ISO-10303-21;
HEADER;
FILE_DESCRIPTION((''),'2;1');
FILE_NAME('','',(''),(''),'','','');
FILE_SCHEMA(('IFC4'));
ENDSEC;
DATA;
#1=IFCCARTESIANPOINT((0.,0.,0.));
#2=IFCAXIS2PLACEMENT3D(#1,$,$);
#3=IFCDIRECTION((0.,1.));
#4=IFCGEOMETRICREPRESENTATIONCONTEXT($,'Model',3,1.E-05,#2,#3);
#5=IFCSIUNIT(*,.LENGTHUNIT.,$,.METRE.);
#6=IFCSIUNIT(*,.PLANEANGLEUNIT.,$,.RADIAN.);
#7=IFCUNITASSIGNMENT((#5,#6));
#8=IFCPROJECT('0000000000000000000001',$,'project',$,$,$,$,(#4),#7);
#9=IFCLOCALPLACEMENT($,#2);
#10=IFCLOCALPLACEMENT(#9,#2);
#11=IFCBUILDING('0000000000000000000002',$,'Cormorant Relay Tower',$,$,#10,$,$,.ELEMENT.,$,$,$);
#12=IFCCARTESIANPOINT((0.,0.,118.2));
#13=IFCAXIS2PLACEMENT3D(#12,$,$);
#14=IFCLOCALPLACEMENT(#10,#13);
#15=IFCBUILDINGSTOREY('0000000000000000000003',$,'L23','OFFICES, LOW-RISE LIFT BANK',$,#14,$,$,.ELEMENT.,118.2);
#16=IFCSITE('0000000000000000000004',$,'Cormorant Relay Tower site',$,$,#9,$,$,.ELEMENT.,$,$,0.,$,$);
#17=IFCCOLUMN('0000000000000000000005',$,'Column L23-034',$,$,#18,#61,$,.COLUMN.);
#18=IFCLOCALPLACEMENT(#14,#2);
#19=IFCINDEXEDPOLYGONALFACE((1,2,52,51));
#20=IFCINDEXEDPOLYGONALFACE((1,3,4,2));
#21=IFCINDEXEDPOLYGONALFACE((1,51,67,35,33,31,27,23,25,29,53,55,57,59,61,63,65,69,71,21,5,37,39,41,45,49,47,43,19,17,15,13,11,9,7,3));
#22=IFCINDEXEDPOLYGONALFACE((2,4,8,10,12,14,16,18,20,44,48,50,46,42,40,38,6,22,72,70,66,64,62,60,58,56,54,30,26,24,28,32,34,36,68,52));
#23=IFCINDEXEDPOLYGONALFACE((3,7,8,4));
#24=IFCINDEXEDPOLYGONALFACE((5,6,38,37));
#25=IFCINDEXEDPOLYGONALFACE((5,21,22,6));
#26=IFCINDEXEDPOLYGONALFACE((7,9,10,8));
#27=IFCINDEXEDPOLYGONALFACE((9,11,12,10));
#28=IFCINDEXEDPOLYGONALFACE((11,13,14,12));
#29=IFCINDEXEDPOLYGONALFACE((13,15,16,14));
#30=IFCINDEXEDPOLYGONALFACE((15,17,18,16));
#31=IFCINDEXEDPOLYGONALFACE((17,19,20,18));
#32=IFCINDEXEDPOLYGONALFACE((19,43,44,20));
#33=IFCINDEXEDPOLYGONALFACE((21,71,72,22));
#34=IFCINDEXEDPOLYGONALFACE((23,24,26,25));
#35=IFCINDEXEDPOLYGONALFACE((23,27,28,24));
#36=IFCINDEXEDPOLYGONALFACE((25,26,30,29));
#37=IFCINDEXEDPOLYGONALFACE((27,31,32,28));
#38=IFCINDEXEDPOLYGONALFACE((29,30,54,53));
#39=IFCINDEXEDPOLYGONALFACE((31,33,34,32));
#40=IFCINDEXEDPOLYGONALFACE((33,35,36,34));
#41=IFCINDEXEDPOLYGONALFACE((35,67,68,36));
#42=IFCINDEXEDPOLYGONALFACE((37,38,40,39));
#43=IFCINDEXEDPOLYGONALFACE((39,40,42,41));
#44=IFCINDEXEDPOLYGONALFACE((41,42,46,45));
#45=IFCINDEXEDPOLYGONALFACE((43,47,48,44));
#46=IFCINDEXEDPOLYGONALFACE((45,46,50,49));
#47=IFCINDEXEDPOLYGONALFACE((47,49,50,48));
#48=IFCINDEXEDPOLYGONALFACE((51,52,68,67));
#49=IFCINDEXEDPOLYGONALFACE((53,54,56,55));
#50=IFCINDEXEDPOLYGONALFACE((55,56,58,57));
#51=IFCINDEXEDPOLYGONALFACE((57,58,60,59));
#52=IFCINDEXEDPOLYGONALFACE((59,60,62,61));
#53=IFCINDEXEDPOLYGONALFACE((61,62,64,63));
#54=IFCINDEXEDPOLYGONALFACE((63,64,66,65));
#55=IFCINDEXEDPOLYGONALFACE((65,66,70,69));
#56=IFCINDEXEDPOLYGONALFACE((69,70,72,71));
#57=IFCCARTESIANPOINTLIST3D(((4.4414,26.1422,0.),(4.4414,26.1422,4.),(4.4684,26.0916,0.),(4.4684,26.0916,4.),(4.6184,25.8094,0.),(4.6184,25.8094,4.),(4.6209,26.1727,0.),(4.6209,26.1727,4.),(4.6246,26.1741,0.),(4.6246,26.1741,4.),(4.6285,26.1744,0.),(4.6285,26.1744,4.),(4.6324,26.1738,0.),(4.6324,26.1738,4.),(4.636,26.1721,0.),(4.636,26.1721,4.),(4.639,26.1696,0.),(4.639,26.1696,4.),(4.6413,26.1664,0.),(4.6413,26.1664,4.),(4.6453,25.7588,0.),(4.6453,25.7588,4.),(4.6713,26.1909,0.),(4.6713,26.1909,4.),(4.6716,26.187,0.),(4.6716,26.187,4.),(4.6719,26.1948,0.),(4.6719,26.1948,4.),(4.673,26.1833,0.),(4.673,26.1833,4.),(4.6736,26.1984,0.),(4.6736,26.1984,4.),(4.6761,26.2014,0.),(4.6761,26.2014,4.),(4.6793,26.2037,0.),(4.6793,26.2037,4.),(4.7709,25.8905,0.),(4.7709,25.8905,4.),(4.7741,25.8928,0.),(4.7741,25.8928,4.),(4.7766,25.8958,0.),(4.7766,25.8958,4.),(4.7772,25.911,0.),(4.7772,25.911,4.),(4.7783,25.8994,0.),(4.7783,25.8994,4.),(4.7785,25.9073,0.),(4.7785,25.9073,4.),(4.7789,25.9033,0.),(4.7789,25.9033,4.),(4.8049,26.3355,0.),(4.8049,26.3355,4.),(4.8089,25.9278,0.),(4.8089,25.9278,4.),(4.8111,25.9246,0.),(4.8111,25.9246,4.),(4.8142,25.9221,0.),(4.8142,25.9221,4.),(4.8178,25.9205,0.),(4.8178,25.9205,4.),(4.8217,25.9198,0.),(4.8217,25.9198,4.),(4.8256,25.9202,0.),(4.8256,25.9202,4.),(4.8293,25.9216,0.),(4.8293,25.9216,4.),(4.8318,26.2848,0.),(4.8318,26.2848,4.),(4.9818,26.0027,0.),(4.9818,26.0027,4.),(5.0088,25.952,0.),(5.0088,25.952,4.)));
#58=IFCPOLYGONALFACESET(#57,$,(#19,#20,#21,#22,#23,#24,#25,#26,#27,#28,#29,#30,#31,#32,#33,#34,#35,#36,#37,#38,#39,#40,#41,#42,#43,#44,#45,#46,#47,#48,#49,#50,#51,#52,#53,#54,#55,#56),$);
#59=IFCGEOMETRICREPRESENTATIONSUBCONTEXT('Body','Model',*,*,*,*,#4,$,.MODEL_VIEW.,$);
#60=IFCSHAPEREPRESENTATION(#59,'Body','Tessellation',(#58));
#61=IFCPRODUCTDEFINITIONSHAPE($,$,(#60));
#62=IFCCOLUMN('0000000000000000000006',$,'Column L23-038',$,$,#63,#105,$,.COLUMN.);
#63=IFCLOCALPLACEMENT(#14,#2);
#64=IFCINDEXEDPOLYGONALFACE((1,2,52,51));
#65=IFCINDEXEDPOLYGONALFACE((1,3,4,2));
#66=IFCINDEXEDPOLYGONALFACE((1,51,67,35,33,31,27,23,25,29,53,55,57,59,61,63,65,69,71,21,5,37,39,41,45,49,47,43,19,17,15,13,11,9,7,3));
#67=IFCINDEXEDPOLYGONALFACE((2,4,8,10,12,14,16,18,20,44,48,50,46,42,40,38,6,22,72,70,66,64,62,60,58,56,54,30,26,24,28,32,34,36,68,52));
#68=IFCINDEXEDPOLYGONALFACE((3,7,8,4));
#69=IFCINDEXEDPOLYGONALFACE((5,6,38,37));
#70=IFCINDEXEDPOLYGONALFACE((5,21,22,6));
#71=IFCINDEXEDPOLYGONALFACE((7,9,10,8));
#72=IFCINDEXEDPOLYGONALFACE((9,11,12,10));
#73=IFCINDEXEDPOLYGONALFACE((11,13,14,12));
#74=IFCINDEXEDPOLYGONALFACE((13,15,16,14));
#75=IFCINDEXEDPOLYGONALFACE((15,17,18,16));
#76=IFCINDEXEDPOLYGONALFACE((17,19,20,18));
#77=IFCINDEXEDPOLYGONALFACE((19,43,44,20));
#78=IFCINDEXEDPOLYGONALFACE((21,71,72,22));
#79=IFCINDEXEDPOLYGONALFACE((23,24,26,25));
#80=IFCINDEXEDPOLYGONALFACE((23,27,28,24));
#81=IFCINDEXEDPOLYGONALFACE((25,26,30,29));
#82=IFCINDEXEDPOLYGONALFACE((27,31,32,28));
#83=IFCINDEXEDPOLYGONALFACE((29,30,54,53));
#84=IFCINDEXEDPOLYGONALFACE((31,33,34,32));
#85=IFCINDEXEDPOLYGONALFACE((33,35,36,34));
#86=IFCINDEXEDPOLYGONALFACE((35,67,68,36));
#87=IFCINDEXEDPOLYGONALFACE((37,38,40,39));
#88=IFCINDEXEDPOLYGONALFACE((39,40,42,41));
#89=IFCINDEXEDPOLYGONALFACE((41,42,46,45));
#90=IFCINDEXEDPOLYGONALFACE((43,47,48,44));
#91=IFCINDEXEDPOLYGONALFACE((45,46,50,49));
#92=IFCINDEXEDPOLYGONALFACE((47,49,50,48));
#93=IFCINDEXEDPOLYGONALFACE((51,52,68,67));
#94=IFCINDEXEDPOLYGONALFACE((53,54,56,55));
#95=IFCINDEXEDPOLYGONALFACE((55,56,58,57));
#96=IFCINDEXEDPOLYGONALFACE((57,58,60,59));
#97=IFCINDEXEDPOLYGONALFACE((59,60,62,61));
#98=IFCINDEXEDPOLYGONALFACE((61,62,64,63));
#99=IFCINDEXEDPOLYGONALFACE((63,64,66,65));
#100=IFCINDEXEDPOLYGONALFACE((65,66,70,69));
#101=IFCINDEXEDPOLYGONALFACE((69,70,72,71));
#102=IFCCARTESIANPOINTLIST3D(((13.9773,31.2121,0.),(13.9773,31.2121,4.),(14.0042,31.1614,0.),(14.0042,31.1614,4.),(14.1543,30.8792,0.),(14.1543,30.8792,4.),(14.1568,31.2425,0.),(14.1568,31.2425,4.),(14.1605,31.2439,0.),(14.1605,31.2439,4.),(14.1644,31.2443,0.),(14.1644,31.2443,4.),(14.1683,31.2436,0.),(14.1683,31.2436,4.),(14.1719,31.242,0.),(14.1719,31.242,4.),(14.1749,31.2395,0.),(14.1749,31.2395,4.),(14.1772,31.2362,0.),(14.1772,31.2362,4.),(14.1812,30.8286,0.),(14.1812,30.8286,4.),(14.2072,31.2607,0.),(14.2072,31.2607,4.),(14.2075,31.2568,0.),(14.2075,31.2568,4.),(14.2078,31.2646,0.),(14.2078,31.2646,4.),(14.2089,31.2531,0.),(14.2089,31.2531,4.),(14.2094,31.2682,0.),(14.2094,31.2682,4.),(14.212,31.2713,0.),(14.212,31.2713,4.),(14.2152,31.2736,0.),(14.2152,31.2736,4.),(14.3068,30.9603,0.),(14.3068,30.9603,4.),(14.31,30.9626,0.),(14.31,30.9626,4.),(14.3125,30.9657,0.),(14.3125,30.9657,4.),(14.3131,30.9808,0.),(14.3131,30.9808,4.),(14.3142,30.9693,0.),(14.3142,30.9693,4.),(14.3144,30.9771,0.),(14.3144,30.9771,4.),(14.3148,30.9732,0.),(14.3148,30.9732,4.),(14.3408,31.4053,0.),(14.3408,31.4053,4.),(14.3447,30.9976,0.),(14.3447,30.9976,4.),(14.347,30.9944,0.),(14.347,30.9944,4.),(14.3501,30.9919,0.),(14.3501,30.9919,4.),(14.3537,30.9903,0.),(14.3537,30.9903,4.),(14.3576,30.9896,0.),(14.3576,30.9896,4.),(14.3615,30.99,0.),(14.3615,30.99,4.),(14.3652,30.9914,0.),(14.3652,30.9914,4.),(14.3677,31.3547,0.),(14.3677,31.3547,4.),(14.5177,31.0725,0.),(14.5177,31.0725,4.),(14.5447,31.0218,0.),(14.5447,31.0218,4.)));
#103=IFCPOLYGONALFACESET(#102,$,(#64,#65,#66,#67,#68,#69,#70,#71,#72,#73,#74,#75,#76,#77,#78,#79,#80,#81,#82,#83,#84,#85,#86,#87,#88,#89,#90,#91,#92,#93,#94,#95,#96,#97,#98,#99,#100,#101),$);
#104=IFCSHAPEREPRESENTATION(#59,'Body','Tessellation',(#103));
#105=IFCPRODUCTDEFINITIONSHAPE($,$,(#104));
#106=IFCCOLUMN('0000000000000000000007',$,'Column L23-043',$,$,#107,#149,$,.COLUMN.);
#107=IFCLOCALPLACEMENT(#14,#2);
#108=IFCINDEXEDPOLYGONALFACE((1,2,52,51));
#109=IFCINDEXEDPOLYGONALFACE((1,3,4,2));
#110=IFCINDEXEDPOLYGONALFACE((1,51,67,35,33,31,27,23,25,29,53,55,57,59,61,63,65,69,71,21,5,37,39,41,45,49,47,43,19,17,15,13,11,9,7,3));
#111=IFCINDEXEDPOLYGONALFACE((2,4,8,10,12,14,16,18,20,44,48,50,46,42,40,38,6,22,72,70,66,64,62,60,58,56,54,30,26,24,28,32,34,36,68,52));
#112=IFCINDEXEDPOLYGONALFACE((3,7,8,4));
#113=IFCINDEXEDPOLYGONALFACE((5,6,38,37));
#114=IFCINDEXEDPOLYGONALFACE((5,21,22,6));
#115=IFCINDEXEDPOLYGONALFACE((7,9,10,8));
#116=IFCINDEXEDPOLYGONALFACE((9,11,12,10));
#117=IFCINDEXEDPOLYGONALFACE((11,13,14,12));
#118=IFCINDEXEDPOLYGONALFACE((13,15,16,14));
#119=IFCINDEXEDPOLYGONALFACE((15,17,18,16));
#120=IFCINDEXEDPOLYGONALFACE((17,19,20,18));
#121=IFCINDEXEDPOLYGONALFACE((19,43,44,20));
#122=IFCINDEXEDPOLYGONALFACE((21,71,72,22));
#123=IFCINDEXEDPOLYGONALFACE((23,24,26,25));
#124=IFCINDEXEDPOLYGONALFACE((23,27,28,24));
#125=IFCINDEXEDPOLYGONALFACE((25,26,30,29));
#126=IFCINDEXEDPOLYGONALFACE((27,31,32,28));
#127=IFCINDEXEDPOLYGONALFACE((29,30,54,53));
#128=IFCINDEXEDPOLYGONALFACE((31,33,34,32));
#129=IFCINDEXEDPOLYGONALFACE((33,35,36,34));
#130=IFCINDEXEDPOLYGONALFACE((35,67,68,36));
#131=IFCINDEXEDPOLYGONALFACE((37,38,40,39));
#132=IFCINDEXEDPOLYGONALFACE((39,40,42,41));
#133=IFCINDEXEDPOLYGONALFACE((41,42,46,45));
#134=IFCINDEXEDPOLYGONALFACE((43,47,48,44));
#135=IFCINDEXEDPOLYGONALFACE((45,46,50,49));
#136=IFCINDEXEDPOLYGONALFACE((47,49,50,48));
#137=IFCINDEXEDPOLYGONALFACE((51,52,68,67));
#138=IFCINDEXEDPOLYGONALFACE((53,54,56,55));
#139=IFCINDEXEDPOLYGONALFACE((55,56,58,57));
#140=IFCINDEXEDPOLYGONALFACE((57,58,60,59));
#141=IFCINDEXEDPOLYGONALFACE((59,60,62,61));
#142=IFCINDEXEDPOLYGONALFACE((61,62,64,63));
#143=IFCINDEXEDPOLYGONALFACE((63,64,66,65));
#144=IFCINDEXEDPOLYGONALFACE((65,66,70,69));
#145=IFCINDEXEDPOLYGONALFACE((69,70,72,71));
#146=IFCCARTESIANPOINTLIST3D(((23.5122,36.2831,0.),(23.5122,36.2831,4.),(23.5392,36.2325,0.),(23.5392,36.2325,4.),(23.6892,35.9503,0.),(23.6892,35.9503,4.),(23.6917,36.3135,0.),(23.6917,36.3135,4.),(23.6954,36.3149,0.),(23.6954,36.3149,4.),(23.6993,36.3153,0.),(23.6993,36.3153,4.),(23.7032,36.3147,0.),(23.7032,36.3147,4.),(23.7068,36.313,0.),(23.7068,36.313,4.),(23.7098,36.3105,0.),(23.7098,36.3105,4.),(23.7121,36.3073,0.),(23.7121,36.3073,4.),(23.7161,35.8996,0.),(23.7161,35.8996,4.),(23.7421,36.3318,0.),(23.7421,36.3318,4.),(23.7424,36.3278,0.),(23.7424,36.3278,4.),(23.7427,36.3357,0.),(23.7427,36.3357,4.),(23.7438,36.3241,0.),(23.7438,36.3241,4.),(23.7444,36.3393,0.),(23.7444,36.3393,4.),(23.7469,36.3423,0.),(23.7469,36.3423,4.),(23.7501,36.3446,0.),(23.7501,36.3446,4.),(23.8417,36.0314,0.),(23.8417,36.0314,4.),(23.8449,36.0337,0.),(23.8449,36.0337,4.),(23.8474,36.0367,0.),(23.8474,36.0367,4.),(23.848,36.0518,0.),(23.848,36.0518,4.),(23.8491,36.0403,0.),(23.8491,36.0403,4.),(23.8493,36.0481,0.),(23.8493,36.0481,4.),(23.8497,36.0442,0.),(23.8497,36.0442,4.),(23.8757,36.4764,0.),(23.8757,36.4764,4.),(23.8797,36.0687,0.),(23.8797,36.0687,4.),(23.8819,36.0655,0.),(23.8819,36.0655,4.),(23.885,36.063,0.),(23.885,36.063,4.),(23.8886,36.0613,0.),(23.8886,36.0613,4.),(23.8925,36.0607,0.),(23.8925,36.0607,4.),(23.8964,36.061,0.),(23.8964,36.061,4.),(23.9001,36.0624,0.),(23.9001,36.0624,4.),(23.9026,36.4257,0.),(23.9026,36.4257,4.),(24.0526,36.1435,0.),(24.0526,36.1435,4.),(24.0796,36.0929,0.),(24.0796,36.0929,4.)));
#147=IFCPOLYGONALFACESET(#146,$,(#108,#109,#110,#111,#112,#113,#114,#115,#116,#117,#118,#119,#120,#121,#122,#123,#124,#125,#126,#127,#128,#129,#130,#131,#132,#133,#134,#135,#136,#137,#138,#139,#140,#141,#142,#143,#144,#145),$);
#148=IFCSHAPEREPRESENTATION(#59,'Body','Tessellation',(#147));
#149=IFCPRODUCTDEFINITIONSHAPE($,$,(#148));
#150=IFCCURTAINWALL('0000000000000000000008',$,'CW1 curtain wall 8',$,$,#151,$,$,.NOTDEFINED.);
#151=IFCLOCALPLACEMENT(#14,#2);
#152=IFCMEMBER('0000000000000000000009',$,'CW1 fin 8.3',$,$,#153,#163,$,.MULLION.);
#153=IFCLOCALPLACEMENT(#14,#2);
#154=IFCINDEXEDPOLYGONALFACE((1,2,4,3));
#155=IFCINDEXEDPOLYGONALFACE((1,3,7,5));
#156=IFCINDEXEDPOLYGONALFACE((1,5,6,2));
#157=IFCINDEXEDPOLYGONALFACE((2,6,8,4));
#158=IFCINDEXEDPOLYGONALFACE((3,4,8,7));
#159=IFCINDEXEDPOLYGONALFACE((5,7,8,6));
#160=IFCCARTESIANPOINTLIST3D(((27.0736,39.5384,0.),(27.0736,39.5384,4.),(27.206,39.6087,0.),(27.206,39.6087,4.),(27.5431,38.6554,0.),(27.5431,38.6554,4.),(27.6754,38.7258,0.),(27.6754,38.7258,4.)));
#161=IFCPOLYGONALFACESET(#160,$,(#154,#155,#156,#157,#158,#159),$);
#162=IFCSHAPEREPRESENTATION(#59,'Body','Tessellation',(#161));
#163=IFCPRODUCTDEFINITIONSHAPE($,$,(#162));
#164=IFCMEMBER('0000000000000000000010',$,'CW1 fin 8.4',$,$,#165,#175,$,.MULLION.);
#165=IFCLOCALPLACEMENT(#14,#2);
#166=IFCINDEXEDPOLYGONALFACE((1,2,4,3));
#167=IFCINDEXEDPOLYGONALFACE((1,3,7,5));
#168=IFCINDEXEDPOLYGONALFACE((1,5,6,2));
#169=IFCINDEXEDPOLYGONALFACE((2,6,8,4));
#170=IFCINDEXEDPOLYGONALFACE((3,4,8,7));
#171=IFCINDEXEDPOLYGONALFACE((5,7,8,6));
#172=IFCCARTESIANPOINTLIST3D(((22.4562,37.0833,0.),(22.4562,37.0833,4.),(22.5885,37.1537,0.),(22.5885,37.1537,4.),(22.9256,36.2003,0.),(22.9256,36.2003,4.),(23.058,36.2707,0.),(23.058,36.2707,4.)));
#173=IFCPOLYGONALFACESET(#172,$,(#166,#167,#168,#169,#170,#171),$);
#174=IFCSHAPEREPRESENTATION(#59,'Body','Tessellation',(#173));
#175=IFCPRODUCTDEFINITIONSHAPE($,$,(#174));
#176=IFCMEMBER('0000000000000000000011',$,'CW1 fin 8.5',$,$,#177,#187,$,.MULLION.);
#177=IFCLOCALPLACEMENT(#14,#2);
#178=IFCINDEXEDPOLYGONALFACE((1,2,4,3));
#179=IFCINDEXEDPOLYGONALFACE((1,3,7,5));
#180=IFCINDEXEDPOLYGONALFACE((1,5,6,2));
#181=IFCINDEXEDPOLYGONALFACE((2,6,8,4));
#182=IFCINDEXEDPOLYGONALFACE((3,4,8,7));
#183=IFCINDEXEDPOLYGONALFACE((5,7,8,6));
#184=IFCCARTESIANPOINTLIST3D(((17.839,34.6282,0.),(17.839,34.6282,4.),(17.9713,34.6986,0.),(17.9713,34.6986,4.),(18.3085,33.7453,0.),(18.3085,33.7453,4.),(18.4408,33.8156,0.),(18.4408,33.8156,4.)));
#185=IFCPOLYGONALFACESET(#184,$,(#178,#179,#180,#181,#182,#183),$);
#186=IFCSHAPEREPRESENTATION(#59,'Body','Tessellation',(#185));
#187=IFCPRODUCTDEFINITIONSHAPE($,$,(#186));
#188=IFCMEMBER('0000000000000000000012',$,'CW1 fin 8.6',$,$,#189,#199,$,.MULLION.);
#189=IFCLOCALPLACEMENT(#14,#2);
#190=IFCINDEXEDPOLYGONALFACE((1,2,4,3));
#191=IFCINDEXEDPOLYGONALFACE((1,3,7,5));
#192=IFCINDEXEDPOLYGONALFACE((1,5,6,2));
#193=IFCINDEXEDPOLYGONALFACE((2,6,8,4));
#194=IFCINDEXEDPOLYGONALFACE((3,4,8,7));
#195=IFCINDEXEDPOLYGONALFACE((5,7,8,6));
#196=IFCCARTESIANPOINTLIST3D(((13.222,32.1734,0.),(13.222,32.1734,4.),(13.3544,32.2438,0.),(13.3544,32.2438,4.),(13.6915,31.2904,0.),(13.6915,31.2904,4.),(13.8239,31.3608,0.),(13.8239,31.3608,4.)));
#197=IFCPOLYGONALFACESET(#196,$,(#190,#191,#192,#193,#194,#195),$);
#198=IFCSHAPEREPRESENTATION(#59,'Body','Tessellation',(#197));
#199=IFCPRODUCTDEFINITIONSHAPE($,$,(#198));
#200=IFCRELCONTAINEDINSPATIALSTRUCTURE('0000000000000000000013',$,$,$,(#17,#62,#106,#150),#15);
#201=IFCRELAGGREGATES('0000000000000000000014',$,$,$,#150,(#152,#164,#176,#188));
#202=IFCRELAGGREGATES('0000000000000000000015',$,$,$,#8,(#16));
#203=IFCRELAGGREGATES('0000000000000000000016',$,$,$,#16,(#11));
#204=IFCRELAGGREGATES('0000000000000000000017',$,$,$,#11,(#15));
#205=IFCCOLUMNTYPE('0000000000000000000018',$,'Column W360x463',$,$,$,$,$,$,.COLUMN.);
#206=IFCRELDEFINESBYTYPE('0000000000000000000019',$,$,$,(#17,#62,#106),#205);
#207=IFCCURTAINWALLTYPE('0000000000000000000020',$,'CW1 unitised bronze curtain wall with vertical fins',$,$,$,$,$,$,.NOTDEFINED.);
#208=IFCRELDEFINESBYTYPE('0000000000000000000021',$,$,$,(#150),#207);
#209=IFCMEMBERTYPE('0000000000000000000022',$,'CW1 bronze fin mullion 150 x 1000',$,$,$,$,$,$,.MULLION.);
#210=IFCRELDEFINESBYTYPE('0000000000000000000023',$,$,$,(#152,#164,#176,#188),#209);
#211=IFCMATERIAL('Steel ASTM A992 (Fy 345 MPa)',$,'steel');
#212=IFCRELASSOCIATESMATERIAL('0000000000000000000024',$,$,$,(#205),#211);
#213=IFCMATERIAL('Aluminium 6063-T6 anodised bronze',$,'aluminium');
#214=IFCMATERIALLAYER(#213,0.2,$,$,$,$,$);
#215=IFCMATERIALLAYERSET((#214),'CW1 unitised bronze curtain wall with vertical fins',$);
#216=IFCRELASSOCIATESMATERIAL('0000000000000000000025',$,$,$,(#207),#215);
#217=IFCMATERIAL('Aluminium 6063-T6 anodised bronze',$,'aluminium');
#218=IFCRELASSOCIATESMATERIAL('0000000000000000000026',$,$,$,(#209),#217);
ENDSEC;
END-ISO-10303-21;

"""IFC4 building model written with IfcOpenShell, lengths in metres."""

from ifc_helpers import new_model, si_unit, direction, frame, origin, origin_2d, place, context, subcontext, project, spatial, rectangle, i_section, extrude, material, layer, layer_set, material_profile, profile_set, type_object, element, aggregate, save


model = new_model("IFC4")

# Units and contexts
model_context = context("Model", 3, precision=1e-05, world=origin(), true_north=direction((0.0, 1.0)))
body_context = subcontext(model_context, "Body", "Model", "MODEL_VIEW")
ifc_project = project(units=[si_unit("LENGTHUNIT", "METRE"), si_unit("PLANEANGLEUNIT", "RADIAN")], contexts=[model_context])

# Site, building, storey
site_placement = place(None, origin())
site = spatial("IfcSite", under=ifc_project, at=site_placement, Name="Cormorant Relay Tower site", CompositionType="ELEMENT", RefElevation=0.0)
building_placement = place(site_placement, origin())
building = spatial("IfcBuilding", under=site, at=building_placement, Name="Cormorant Relay Tower", CompositionType="ELEMENT")
storey_placement = place(building_placement, frame((0.0, 0.0, 118.2)))
storey = spatial("IfcBuildingStorey", under=building, at=storey_placement, Name="L23", Description="OFFICES, LOW-RISE LIFT BANK", CompositionType="ELEMENT", Elevation=118.2)

# Columns
ifc_material_1 = material(Name="Steel ASTM A992 (Fy 345 MPa)", Category="steel")
ifc_material_profile_1 = material_profile(ifc_material_1, i_section(OverallWidth=0.4116, OverallDepth=0.4343, WebThickness=0.0359, FlangeThickness=0.0574, FilletRadius=0.0151, at=origin_2d()), Name="W360x463")
ifc_profile_set_1 = profile_set([ifc_material_profile_1], Name="Steel ASTM A992 (Fy 345 MPa)")
column_type = type_object("IfcColumnType", Name="Column W360x463", PredefinedType="COLUMN", material=ifc_profile_set_1)
for number, where, z_axis, x_axis, name in (
    (1, (4.7251, 26.0471, 0.0), (0.0, 0.0, 1.0), (-0.882948, -0.469472, 0.0), "Column L23-034"),
    (2, (14.261, 31.1169, 0.0), (0.0, 0.0, 1.0), (-0.882948, -0.469472, 0.0), "Column L23-038"),
    (3, (23.7959, 36.188, 0.0), (0.0, 0.0, 1.0), (-0.882948, -0.469472, 0.0), "Column L23-043"),
):
    element("IfcColumn", number, at=place(storey_placement, frame(where, z_axis=z_axis, x_axis=x_axis)), inside=storey, type_object=column_type, Name=name, PredefinedType="COLUMN", context=body_context, shape_type="SweptSolid", body=[
        extrude(i_section(OverallWidth=0.4116, OverallDepth=0.4343, WebThickness=0.0359, FlangeThickness=0.0574, FilletRadius=0.0151, at=origin_2d()), origin(), (0.0, 0.0, 1.0), 4.0),
    ])

# Curtain wall, members
ifc_material_2 = material(Name="Aluminium 6063-T6 anodised bronze", Category="aluminium")
ifc_layer_1 = layer(ifc_material_2, 0.2)
ifc_layer_set_1 = layer_set([ifc_layer_1], Name="CW1 unitised bronze curtain wall with vertical fins")
curtain_wall_type = type_object("IfcCurtainWallType", Name="CW1 unitised bronze curtain wall with vertical fins", PredefinedType="NOTDEFINED", material=ifc_layer_set_1)
curtain_wall_placement = place(storey_placement, origin())
curtain_wall = element("IfcCurtainWall", 4, at=curtain_wall_placement, inside=storey, type_object=curtain_wall_type, Name="CW1 curtain wall 8", PredefinedType="NOTDEFINED")
ifc_material_3 = material(Name="Aluminium 6063-T6 anodised bronze", Category="aluminium")
ifc_material_profile_2 = material_profile(ifc_material_3, rectangle(XDim=0.1499, YDim=1.0, at=origin_2d()), Name="AL 150x1000")
ifc_profile_set_2 = profile_set([ifc_material_profile_2], Name="Aluminium 6063-T6 anodised bronze")
member_type = type_object("IfcMemberType", Name="CW1 bronze fin mullion 150 x 1000", PredefinedType="MULLION", material=ifc_profile_set_2)
member_1_placement = place(storey_placement, frame((27.3745, 39.1321, 0.0), z_axis=(0.0, 0.0, 1.0), x_axis=(-0.882948, -0.469472, 0.0)))
member_1 = element("IfcMember", 5, at=member_1_placement, type_object=member_type, Name="CW1 fin 8.3", PredefinedType="MULLION", context=body_context, shape_type="SweptSolid", body=[
    extrude(rectangle(XDim=0.1499, YDim=1.0, at=origin_2d()), origin(), (0.0, 0.0, 1.0), 4.0),
])
member_2_placement = place(storey_placement, frame((22.7571, 36.677, 0.0), z_axis=(0.0, 0.0, 1.0), x_axis=(-0.882948, -0.469472, 0.0)))
member_2 = element("IfcMember", 6, at=member_2_placement, type_object=member_type, Name="CW1 fin 8.4", PredefinedType="MULLION", context=body_context, shape_type="SweptSolid", body=[
    extrude(rectangle(XDim=0.1499, YDim=1.0, at=origin_2d()), origin(), (0.0, 0.0, 1.0), 4.0),
])
member_3_placement = place(storey_placement, frame((18.1399, 34.2219, 0.0), z_axis=(0.0, 0.0, 1.0), x_axis=(-0.882948, -0.469472, 0.0)))
member_3 = element("IfcMember", 7, at=member_3_placement, type_object=member_type, Name="CW1 fin 8.5", PredefinedType="MULLION", context=body_context, shape_type="SweptSolid", body=[
    extrude(rectangle(XDim=0.1499, YDim=1.0, at=origin_2d()), origin(), (0.0, 0.0, 1.0), 4.0),
])
member_4_placement = place(storey_placement, frame((13.5229, 31.7671, 0.0), z_axis=(0.0, 0.0, 1.0), x_axis=(-0.882948, -0.469472, 0.0)))
member_4 = element("IfcMember", 8, at=member_4_placement, type_object=member_type, Name="CW1 fin 8.6", PredefinedType="MULLION", context=body_context, shape_type="SweptSolid", body=[
    extrude(rectangle(XDim=0.1499, YDim=1.0, at=origin_2d()), origin(), (0.0, 0.0, 1.0), 4.0),
])

aggregate(curtain_wall, [member_1, member_2, member_3, member_4])

save(model, "model.ifc")
